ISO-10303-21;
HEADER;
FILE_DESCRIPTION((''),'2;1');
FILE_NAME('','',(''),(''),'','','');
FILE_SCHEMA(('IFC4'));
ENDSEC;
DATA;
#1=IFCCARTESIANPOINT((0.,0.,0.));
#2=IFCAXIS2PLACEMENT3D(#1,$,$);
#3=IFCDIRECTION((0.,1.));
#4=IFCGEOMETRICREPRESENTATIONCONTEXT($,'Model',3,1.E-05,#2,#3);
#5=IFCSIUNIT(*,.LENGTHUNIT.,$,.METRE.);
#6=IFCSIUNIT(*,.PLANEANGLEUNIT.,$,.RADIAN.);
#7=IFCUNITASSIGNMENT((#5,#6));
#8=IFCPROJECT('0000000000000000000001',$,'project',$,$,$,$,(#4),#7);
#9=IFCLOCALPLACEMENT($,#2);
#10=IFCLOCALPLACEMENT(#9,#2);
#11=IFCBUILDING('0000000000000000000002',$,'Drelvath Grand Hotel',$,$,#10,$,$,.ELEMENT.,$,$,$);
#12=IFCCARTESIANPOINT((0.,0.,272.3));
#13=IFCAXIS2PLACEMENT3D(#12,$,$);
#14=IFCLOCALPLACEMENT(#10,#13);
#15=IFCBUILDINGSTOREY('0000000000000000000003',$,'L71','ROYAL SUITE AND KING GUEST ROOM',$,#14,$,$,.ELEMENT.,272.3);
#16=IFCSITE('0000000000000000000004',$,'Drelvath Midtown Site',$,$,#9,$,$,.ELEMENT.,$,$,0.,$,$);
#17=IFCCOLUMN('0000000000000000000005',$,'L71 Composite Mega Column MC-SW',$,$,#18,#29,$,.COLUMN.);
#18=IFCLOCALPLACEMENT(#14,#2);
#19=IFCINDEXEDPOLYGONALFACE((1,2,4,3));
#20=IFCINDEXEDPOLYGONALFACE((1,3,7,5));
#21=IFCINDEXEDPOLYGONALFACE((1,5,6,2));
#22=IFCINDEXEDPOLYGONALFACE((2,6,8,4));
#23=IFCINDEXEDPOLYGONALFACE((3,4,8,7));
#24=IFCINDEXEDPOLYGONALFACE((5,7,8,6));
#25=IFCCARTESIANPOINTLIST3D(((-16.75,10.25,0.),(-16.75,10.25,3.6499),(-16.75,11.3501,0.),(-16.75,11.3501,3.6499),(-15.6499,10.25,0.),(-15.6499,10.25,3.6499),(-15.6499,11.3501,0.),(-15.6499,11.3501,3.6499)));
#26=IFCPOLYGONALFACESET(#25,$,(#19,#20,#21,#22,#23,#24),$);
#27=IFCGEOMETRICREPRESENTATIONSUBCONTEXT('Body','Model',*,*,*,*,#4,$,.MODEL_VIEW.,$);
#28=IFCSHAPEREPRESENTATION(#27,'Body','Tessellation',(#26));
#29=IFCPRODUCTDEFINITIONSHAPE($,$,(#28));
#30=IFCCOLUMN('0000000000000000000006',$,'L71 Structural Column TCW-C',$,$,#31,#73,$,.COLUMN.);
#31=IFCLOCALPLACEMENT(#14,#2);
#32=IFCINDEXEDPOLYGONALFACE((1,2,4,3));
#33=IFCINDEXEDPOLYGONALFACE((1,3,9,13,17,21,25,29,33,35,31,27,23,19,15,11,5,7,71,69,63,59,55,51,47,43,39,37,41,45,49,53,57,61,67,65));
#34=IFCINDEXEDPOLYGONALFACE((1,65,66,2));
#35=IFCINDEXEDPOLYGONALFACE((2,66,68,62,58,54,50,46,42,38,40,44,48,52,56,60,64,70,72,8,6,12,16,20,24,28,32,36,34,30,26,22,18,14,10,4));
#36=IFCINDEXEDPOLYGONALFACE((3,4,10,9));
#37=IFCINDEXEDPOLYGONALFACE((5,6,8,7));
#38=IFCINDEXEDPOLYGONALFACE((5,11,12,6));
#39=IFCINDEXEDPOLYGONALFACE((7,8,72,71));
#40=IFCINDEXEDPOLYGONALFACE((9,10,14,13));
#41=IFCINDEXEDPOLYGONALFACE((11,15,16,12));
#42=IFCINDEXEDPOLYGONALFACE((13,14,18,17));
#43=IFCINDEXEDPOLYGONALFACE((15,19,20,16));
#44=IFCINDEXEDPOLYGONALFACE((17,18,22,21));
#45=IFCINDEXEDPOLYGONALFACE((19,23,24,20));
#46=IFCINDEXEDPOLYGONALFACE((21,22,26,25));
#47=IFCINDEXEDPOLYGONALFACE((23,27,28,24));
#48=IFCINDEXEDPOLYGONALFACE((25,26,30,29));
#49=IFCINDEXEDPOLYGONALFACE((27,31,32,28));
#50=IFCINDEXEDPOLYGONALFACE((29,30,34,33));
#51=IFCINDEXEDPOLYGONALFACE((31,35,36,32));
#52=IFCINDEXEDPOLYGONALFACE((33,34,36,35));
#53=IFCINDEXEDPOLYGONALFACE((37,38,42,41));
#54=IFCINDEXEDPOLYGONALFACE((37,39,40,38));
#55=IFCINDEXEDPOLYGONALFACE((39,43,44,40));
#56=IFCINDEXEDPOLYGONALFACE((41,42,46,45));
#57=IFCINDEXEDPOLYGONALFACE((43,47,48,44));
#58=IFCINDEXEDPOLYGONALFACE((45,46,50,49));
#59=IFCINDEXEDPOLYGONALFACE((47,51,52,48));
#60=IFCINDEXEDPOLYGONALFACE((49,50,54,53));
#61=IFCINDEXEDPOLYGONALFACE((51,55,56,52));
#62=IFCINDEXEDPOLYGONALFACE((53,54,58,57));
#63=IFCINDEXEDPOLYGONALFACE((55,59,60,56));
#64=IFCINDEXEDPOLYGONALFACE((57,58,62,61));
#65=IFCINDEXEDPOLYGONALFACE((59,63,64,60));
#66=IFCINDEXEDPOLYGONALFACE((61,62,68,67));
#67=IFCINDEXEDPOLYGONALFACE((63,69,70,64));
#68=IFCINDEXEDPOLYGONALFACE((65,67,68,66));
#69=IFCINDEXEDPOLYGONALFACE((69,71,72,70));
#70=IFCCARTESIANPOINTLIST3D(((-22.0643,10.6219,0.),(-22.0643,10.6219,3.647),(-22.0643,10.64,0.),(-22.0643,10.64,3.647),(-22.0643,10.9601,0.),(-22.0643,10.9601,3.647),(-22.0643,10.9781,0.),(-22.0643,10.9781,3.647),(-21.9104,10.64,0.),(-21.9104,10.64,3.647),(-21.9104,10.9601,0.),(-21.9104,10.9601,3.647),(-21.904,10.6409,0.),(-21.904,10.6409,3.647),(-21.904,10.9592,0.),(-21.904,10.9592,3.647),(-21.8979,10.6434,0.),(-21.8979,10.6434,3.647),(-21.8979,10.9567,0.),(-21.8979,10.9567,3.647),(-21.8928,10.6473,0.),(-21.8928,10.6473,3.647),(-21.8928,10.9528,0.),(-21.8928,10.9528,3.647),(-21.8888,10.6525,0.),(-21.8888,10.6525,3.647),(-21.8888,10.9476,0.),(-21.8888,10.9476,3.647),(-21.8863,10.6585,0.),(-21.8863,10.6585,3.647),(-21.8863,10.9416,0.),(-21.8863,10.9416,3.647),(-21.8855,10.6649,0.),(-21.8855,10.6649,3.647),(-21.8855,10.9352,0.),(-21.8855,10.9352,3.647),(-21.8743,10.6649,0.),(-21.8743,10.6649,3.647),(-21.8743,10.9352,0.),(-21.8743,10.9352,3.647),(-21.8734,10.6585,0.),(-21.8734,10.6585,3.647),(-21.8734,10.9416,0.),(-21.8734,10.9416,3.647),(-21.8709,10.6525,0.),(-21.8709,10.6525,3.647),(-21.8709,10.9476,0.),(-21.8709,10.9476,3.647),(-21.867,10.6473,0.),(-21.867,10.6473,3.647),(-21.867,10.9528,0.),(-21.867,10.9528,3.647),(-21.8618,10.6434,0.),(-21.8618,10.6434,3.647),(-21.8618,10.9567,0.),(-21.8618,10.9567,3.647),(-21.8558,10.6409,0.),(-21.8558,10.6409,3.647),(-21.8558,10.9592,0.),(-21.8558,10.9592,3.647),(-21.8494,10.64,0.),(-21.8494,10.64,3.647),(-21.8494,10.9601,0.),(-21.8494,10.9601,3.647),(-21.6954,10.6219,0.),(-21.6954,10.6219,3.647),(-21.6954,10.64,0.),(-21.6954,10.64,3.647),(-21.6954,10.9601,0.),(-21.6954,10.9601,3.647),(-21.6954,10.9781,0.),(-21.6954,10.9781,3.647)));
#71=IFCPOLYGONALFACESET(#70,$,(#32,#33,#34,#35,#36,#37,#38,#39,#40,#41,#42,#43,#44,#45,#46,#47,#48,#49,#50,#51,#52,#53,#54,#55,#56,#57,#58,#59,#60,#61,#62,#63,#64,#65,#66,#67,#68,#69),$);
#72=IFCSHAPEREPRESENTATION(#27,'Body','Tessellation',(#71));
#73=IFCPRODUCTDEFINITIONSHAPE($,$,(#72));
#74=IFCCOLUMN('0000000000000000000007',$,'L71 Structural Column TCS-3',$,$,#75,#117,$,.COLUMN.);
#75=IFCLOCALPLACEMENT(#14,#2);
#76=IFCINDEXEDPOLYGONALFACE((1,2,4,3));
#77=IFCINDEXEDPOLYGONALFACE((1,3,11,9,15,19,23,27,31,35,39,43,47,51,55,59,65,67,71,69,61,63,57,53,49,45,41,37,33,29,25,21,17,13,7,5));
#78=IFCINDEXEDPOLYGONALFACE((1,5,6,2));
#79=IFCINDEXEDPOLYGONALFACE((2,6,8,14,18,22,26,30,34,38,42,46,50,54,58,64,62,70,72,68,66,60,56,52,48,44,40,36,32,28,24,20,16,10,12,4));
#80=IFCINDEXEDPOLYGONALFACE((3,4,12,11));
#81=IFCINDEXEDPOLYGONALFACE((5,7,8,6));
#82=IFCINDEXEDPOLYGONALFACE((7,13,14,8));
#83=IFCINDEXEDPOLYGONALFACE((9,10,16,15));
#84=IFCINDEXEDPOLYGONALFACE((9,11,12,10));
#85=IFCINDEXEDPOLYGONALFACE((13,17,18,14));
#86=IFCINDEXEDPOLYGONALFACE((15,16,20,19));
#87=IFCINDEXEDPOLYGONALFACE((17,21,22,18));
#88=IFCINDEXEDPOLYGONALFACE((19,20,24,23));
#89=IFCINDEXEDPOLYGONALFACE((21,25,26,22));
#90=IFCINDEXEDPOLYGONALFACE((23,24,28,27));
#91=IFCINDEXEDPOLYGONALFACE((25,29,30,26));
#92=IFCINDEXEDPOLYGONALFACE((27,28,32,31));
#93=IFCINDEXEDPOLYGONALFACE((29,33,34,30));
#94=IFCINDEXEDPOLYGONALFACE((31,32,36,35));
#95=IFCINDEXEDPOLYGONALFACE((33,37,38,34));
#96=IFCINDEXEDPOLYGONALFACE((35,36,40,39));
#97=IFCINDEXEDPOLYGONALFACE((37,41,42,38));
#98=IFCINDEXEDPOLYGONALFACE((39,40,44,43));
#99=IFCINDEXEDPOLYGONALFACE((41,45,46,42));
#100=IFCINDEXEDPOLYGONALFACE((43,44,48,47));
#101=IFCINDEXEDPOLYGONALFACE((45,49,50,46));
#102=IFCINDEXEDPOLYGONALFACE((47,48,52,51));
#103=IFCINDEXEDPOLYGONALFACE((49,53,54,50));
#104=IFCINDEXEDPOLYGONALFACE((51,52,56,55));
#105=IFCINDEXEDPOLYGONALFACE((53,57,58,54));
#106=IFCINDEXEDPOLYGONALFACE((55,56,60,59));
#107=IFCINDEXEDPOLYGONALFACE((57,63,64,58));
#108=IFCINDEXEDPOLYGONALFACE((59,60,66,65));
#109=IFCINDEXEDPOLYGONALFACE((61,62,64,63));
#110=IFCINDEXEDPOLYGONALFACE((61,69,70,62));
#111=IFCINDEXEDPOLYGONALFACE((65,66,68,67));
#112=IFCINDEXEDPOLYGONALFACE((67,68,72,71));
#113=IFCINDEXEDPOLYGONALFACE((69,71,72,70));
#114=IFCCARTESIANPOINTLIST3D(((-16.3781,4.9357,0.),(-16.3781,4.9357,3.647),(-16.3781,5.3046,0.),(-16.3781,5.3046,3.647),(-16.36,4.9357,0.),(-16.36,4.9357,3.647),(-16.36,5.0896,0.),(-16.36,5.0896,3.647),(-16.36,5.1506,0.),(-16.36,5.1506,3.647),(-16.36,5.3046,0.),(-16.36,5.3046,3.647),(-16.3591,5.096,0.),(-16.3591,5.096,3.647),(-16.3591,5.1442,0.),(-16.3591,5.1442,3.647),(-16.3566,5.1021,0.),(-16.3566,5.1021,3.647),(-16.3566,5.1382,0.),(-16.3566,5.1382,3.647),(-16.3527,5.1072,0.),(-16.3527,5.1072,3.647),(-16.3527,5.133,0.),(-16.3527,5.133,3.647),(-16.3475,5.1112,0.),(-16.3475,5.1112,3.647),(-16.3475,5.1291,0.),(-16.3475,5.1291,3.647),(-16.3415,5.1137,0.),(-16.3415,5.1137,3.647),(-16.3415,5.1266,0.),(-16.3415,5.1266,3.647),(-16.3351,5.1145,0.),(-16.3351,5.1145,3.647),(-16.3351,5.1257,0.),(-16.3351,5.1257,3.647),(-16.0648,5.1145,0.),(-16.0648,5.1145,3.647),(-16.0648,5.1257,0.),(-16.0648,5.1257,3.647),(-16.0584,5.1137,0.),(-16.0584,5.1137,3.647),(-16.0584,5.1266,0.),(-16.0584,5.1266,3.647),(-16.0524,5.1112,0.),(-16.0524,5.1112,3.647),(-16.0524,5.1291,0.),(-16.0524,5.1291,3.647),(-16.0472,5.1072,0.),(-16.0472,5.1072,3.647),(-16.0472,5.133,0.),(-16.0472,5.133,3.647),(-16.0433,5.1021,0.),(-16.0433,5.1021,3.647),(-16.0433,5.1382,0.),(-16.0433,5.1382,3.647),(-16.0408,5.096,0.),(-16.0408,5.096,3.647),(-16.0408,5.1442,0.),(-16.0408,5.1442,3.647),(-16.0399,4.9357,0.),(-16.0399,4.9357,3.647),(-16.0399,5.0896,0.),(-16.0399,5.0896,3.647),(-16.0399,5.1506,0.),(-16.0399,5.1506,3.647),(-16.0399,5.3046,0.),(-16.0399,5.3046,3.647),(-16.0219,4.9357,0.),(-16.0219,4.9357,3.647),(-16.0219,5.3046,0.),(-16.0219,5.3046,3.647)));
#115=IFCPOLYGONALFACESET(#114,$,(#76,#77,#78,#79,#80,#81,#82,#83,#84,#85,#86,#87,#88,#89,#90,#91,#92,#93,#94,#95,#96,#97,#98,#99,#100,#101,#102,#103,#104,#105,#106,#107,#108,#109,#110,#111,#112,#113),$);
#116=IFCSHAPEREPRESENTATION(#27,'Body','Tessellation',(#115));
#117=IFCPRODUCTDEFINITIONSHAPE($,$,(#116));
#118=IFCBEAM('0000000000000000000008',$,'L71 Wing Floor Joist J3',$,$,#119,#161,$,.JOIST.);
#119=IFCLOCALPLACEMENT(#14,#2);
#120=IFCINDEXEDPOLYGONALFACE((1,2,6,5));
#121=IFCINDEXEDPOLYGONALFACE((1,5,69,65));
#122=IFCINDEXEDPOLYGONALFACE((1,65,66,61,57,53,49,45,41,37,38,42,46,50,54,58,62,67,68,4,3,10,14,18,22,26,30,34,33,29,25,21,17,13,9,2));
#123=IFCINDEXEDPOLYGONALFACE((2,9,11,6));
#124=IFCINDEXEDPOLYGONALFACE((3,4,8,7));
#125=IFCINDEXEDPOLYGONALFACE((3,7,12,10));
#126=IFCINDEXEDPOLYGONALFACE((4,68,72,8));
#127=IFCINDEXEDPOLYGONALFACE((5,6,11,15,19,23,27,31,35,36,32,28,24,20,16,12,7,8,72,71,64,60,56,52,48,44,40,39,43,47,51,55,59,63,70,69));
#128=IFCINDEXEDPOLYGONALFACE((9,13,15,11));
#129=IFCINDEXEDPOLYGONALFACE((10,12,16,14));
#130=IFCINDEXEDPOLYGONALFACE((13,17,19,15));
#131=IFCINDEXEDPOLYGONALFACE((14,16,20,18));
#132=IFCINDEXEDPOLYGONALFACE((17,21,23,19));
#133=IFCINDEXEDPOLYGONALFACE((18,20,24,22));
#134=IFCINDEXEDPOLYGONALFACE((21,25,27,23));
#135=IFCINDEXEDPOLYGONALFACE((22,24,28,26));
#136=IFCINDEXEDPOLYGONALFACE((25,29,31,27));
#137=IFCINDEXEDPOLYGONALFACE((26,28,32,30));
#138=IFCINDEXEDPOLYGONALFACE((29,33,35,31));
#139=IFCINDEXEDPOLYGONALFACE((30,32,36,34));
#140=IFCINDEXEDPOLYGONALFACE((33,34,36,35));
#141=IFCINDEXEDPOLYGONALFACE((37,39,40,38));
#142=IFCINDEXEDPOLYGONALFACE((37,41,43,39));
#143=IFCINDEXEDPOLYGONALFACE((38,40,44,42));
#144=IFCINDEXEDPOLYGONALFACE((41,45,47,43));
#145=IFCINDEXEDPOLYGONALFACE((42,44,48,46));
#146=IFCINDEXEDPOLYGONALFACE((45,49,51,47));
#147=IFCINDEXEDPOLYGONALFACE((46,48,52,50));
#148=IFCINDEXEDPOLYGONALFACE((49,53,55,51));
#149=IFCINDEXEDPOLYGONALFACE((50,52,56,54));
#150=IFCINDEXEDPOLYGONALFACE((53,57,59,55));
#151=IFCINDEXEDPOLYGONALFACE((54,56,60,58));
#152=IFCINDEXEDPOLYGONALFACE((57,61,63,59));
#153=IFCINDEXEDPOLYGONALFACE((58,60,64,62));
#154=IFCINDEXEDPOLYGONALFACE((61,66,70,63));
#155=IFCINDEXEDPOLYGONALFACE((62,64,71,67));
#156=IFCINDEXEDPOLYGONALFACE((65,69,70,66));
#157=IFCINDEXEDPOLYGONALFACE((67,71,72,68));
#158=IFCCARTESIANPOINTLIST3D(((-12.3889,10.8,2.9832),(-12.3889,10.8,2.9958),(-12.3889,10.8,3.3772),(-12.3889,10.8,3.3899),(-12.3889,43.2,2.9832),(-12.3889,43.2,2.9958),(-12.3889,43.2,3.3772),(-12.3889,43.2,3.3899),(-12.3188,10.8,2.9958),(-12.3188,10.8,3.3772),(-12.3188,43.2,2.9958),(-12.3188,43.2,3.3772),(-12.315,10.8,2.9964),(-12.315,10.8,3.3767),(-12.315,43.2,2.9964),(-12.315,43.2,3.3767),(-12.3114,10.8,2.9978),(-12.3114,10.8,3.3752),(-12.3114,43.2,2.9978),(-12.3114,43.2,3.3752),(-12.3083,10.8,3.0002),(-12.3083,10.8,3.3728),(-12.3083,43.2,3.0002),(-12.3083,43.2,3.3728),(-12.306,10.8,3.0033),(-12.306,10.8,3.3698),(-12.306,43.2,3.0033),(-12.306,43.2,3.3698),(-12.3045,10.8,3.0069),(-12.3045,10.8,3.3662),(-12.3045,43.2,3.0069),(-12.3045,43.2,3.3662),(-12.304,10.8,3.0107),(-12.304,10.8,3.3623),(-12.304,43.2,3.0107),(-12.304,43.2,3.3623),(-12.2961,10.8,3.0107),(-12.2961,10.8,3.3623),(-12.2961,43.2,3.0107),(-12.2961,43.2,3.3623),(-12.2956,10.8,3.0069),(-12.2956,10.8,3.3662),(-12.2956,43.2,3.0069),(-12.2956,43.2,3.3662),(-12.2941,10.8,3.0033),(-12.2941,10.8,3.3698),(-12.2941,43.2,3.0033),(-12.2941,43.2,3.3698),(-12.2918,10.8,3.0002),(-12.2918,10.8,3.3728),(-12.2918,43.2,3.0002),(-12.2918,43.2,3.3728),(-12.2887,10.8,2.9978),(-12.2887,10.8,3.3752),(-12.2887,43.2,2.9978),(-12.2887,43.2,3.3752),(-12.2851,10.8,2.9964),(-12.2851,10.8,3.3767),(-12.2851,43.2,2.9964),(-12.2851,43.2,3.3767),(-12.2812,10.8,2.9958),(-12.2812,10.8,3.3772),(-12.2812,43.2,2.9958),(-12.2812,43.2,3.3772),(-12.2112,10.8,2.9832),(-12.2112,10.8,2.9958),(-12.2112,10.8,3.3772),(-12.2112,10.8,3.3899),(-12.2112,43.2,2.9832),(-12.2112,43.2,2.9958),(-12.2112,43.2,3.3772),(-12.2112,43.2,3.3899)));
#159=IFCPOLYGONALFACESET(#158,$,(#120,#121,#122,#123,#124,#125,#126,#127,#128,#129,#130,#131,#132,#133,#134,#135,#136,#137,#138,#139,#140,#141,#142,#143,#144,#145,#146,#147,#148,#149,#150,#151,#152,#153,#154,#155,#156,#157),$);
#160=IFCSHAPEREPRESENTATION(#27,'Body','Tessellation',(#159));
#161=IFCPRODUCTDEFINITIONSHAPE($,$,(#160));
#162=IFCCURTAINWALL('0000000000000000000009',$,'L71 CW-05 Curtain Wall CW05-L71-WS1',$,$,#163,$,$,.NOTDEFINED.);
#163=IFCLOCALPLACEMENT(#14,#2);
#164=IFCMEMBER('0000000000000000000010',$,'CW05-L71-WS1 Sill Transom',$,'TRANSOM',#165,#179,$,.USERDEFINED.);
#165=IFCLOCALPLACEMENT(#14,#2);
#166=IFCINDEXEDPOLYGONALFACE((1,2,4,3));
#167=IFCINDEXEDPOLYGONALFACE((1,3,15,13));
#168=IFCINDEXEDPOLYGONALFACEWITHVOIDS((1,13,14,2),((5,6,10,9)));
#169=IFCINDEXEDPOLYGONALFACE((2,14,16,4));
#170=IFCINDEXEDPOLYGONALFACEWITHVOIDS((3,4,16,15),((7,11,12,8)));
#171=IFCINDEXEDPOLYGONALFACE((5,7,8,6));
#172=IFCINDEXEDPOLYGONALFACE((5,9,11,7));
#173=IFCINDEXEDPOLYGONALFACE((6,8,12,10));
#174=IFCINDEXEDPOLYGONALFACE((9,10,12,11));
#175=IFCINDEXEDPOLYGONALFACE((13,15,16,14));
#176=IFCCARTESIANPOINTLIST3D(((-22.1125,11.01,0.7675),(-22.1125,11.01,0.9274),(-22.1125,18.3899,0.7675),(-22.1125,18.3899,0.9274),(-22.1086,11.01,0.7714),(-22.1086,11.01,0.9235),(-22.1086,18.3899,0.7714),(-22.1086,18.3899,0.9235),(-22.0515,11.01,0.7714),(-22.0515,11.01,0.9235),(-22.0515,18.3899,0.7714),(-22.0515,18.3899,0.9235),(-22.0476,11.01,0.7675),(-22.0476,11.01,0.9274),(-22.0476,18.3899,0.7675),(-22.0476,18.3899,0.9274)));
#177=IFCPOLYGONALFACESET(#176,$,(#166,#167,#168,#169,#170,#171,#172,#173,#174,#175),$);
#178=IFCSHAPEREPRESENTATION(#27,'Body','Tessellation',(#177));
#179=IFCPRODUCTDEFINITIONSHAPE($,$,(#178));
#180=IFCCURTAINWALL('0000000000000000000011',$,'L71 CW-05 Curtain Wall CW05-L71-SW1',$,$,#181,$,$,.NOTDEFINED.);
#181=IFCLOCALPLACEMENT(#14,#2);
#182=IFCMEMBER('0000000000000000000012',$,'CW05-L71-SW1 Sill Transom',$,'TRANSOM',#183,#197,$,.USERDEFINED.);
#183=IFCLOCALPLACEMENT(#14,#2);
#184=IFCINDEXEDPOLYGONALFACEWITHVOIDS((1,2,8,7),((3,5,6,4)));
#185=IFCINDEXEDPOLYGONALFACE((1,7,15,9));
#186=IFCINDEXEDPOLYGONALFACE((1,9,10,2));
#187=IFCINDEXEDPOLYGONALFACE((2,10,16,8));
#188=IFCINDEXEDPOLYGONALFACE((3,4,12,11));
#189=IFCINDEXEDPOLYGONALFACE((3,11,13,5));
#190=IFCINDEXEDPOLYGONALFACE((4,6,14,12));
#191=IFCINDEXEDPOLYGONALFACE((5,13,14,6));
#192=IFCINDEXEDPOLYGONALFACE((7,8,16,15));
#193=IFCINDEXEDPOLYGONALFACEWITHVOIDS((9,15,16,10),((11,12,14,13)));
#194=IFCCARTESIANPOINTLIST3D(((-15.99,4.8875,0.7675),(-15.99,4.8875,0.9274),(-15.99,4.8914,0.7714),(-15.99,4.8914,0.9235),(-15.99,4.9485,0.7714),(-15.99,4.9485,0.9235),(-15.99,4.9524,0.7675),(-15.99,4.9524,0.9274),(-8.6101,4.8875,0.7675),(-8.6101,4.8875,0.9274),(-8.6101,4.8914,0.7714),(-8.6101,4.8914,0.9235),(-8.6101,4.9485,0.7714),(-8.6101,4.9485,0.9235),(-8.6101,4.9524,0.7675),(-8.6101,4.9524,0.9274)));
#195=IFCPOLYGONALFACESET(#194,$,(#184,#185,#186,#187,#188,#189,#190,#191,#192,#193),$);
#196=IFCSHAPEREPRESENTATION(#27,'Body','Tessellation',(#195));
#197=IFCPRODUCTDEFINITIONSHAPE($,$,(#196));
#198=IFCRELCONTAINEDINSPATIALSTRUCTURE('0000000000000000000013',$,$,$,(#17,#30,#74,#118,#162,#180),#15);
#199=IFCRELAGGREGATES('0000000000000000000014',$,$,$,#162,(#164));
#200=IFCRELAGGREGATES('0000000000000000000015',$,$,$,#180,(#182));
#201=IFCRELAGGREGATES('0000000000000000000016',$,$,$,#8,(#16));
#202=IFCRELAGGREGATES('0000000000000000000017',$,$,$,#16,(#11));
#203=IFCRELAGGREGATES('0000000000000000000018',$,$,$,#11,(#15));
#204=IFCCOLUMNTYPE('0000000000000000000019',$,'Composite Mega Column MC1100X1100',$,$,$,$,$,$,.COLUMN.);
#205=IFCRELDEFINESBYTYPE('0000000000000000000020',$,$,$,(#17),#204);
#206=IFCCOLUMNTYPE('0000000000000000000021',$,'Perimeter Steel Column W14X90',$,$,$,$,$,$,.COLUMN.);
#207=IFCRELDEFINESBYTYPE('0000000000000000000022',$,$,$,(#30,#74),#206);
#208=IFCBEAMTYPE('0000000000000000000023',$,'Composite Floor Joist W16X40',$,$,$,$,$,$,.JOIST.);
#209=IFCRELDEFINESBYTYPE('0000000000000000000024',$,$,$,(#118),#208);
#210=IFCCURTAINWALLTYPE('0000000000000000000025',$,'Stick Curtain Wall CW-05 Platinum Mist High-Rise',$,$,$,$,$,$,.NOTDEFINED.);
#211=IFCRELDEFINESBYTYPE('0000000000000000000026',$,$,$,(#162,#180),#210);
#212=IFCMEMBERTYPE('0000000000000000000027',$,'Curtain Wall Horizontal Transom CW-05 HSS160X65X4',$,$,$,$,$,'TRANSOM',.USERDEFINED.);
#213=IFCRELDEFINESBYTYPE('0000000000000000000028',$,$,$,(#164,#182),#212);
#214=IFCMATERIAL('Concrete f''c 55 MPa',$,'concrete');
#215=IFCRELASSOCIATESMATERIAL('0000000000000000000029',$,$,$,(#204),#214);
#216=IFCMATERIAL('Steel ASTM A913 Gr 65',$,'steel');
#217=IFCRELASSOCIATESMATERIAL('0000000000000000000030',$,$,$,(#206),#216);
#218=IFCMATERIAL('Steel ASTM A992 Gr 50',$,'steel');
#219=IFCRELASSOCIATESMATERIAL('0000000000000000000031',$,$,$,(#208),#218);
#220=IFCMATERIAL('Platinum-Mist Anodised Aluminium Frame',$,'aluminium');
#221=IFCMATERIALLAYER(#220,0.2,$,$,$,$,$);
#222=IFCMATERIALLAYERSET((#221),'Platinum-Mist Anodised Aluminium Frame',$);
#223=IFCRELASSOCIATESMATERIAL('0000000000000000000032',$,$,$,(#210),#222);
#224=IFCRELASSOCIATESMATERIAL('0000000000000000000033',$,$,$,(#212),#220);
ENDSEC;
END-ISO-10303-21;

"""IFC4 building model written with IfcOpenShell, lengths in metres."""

from ifc_helpers import new_model, si_unit, direction, frame, origin, origin_2d, place, context, subcontext, project, spatial, rectangle, hollow_rectangle, i_section, extrude, material, layer, layer_set, material_profile, profile_set, type_object, element, aggregate, save


model = new_model("IFC4")

# Units and contexts
model_context = context("Model", 3, precision=1e-05, world=origin(), true_north=direction((0.0, 1.0)))
body_context = subcontext(model_context, "Body", "Model", "MODEL_VIEW")
ifc_project = project(units=[si_unit("LENGTHUNIT", "METRE"), si_unit("PLANEANGLEUNIT", "RADIAN")], contexts=[model_context])

# Site, building, storey
site_placement = place(None, origin())
site = spatial("IfcSite", under=ifc_project, at=site_placement, Name="Drelvath Midtown Site", CompositionType="ELEMENT", RefElevation=0.0)
building_placement = place(site_placement, origin())
building = spatial("IfcBuilding", under=site, at=building_placement, Name="Drelvath Grand Hotel", CompositionType="ELEMENT")
storey_placement = place(building_placement, frame((0.0, 0.0, 272.3)))
storey = spatial("IfcBuildingStorey", under=building, at=storey_placement, Name="L71", Description="ROYAL SUITE AND KING GUEST ROOM", CompositionType="ELEMENT", Elevation=272.3)

# Columns
ifc_material_1 = material(Name="Concrete f'c 55 MPa", Category="concrete")
ifc_material_profile_1 = material_profile(ifc_material_1, rectangle(XDim=1.1001, YDim=1.1001, at=origin_2d()), Name="MC1100X1100")
ifc_profile_set_1 = profile_set([ifc_material_profile_1], Name="Concrete f'c 55 MPa")
column_type_1 = type_object("IfcColumnType", Name="Composite Mega Column MC1100X1100", PredefinedType="COLUMN", material=ifc_profile_set_1)
column_placement = place(storey_placement, frame((-16.2, 10.8, 0.0), z_axis=(0.0, 0.0, 1.0), x_axis=(1.0, 0.0, 0.0)))
element("IfcColumn", 1, at=column_placement, inside=storey, type_object=column_type_1, Name="L71 Composite Mega Column MC-SW", PredefinedType="COLUMN", context=body_context, shape_type="SweptSolid", body=[
    extrude(rectangle(XDim=1.1001, YDim=1.1001, at=origin_2d()), origin(), (0.0, 0.0, 1.0), 3.6499),
])
ifc_material_2 = material(Name="Steel ASTM A913 Gr 65", Category="steel")
ifc_material_profile_2 = material_profile(ifc_material_2, i_section(OverallWidth=0.3689, OverallDepth=0.3562, WebThickness=0.0112, FlangeThickness=0.0181, FilletRadius=0.0249, at=origin_2d()), Name="W14X90")
ifc_profile_set_2 = profile_set([ifc_material_profile_2], Name="Steel ASTM A913 Gr 65")
column_type_2 = type_object("IfcColumnType", Name="Perimeter Steel Column W14X90", PredefinedType="COLUMN", material=ifc_profile_set_2)
for number, where, z_axis, x_axis, name in (
    (2, (-21.8799, 10.8, 0.0), (0.0, 0.0, 1.0), (1.0, 0.0, 0.0), "L71 Structural Column TCW-C"),
    (3, (-16.2, 5.1201, 0.0), (0.0, 0.0, 1.0), (0.0, 1.0, 0.0), "L71 Structural Column TCS-3"),
):
    element("IfcColumn", number, at=place(storey_placement, frame(where, z_axis=z_axis, x_axis=x_axis)), inside=storey, type_object=column_type_2, Name=name, PredefinedType="COLUMN", context=body_context, shape_type="SweptSolid", body=[
        extrude(i_section(OverallWidth=0.3689, OverallDepth=0.3562, WebThickness=0.0112, FlangeThickness=0.0181, FilletRadius=0.0249, at=origin_2d()), origin(), (0.0, 0.0, 1.0), 3.647),
    ])

# Beam
ifc_material_3 = material(Name="Steel ASTM A992 Gr 50", Category="steel")
ifc_material_profile_3 = material_profile(ifc_material_3, i_section(OverallWidth=0.1777, OverallDepth=0.4067, WebThickness=0.0078, FlangeThickness=0.0127, FilletRadius=0.0149, at=origin_2d()), Name="W16X40")
ifc_profile_set_3 = profile_set([ifc_material_profile_3], Name="Steel ASTM A992 Gr 50")
beam_type_1 = type_object("IfcBeamType", Name="Composite Floor Joist W16X40", PredefinedType="JOIST", material=ifc_profile_set_3)
beam_placement = place(storey_placement, frame((-12.3, 10.8, 3.1865), z_axis=(0.0, 1.0, 0.0), x_axis=(-1.0, 0.0, 0.0)))
element("IfcBeam", 4, at=beam_placement, inside=storey, type_object=beam_type_1, Name="L71 Wing Floor Joist J3", PredefinedType="JOIST", context=body_context, shape_type="SweptSolid", body=[
    extrude(i_section(OverallWidth=0.1777, OverallDepth=0.4067, WebThickness=0.0078, FlangeThickness=0.0127, FilletRadius=0.0149, at=origin_2d()), origin(), (0.0, 0.0, 1.0), 32.3999),
])

# Curtain walls, members
ifc_material_4 = material(Name="Platinum-Mist Anodised Aluminium Frame", Category="aluminium")
ifc_layer_1 = layer(ifc_material_4, 0.2)
ifc_layer_set_1 = layer_set([ifc_layer_1], Name="Platinum-Mist Anodised Aluminium Frame")
curtain_wall_type = type_object("IfcCurtainWallType", Name="Stick Curtain Wall CW-05 Platinum Mist High-Rise", PredefinedType="NOTDEFINED", material=ifc_layer_set_1)
curtain_wall_1_placement = place(storey_placement, origin())
curtain_wall_1 = element("IfcCurtainWall", 5, at=curtain_wall_1_placement, inside=storey, type_object=curtain_wall_type, Name="L71 CW-05 Curtain Wall CW05-L71-WS1", PredefinedType="NOTDEFINED")
ifc_material_profile_4 = material_profile(ifc_material_4, hollow_rectangle(XDim=0.0649, YDim=0.1599, WallThickness=0.0039, at=origin_2d()), Name="HSS160X65X4")
ifc_profile_set_4 = profile_set([ifc_material_profile_4], Name="Platinum-Mist Anodised Aluminium Frame")
member_type_1 = type_object("IfcMemberType", Name="Curtain Wall Horizontal Transom CW-05 HSS160X65X4", ElementType="TRANSOM", PredefinedType="USERDEFINED", material=ifc_profile_set_4)
member_1_placement = place(storey_placement, frame((-22.0801, 11.01, 0.8474), z_axis=(0.0, 1.0, 0.0), x_axis=(-1.0, 0.0, 0.0)))
member_1 = element("IfcMember", 6, at=member_1_placement, type_object=member_type_1, Name="CW05-L71-WS1 Sill Transom", ObjectType="TRANSOM", PredefinedType="USERDEFINED", context=body_context, shape_type="SweptSolid", body=[
    extrude(hollow_rectangle(XDim=0.0649, YDim=0.1599, WallThickness=0.0039, at=origin_2d()), origin(), (0.0, 0.0, 1.0), 7.3799),
])
curtain_wall_2_placement = place(storey_placement, origin())
curtain_wall_2 = element("IfcCurtainWall", 7, at=curtain_wall_2_placement, inside=storey, type_object=curtain_wall_type, Name="L71 CW-05 Curtain Wall CW05-L71-SW1", PredefinedType="NOTDEFINED")
member_2_placement = place(storey_placement, frame((-8.6101, 4.9199, 0.8474), z_axis=(-1.0, 0.0, 0.0), x_axis=(0.0, -1.0, 0.0)))
member_2 = element("IfcMember", 8, at=member_2_placement, type_object=member_type_1, Name="CW05-L71-SW1 Sill Transom", ObjectType="TRANSOM", PredefinedType="USERDEFINED", context=body_context, shape_type="SweptSolid", body=[
    extrude(hollow_rectangle(XDim=0.0649, YDim=0.1599, WallThickness=0.0039, at=origin_2d()), origin(), (0.0, 0.0, 1.0), 7.3799),
])

aggregate(curtain_wall_1, [member_1])
aggregate(curtain_wall_2, [member_2])

save(model, "model.ifc")
